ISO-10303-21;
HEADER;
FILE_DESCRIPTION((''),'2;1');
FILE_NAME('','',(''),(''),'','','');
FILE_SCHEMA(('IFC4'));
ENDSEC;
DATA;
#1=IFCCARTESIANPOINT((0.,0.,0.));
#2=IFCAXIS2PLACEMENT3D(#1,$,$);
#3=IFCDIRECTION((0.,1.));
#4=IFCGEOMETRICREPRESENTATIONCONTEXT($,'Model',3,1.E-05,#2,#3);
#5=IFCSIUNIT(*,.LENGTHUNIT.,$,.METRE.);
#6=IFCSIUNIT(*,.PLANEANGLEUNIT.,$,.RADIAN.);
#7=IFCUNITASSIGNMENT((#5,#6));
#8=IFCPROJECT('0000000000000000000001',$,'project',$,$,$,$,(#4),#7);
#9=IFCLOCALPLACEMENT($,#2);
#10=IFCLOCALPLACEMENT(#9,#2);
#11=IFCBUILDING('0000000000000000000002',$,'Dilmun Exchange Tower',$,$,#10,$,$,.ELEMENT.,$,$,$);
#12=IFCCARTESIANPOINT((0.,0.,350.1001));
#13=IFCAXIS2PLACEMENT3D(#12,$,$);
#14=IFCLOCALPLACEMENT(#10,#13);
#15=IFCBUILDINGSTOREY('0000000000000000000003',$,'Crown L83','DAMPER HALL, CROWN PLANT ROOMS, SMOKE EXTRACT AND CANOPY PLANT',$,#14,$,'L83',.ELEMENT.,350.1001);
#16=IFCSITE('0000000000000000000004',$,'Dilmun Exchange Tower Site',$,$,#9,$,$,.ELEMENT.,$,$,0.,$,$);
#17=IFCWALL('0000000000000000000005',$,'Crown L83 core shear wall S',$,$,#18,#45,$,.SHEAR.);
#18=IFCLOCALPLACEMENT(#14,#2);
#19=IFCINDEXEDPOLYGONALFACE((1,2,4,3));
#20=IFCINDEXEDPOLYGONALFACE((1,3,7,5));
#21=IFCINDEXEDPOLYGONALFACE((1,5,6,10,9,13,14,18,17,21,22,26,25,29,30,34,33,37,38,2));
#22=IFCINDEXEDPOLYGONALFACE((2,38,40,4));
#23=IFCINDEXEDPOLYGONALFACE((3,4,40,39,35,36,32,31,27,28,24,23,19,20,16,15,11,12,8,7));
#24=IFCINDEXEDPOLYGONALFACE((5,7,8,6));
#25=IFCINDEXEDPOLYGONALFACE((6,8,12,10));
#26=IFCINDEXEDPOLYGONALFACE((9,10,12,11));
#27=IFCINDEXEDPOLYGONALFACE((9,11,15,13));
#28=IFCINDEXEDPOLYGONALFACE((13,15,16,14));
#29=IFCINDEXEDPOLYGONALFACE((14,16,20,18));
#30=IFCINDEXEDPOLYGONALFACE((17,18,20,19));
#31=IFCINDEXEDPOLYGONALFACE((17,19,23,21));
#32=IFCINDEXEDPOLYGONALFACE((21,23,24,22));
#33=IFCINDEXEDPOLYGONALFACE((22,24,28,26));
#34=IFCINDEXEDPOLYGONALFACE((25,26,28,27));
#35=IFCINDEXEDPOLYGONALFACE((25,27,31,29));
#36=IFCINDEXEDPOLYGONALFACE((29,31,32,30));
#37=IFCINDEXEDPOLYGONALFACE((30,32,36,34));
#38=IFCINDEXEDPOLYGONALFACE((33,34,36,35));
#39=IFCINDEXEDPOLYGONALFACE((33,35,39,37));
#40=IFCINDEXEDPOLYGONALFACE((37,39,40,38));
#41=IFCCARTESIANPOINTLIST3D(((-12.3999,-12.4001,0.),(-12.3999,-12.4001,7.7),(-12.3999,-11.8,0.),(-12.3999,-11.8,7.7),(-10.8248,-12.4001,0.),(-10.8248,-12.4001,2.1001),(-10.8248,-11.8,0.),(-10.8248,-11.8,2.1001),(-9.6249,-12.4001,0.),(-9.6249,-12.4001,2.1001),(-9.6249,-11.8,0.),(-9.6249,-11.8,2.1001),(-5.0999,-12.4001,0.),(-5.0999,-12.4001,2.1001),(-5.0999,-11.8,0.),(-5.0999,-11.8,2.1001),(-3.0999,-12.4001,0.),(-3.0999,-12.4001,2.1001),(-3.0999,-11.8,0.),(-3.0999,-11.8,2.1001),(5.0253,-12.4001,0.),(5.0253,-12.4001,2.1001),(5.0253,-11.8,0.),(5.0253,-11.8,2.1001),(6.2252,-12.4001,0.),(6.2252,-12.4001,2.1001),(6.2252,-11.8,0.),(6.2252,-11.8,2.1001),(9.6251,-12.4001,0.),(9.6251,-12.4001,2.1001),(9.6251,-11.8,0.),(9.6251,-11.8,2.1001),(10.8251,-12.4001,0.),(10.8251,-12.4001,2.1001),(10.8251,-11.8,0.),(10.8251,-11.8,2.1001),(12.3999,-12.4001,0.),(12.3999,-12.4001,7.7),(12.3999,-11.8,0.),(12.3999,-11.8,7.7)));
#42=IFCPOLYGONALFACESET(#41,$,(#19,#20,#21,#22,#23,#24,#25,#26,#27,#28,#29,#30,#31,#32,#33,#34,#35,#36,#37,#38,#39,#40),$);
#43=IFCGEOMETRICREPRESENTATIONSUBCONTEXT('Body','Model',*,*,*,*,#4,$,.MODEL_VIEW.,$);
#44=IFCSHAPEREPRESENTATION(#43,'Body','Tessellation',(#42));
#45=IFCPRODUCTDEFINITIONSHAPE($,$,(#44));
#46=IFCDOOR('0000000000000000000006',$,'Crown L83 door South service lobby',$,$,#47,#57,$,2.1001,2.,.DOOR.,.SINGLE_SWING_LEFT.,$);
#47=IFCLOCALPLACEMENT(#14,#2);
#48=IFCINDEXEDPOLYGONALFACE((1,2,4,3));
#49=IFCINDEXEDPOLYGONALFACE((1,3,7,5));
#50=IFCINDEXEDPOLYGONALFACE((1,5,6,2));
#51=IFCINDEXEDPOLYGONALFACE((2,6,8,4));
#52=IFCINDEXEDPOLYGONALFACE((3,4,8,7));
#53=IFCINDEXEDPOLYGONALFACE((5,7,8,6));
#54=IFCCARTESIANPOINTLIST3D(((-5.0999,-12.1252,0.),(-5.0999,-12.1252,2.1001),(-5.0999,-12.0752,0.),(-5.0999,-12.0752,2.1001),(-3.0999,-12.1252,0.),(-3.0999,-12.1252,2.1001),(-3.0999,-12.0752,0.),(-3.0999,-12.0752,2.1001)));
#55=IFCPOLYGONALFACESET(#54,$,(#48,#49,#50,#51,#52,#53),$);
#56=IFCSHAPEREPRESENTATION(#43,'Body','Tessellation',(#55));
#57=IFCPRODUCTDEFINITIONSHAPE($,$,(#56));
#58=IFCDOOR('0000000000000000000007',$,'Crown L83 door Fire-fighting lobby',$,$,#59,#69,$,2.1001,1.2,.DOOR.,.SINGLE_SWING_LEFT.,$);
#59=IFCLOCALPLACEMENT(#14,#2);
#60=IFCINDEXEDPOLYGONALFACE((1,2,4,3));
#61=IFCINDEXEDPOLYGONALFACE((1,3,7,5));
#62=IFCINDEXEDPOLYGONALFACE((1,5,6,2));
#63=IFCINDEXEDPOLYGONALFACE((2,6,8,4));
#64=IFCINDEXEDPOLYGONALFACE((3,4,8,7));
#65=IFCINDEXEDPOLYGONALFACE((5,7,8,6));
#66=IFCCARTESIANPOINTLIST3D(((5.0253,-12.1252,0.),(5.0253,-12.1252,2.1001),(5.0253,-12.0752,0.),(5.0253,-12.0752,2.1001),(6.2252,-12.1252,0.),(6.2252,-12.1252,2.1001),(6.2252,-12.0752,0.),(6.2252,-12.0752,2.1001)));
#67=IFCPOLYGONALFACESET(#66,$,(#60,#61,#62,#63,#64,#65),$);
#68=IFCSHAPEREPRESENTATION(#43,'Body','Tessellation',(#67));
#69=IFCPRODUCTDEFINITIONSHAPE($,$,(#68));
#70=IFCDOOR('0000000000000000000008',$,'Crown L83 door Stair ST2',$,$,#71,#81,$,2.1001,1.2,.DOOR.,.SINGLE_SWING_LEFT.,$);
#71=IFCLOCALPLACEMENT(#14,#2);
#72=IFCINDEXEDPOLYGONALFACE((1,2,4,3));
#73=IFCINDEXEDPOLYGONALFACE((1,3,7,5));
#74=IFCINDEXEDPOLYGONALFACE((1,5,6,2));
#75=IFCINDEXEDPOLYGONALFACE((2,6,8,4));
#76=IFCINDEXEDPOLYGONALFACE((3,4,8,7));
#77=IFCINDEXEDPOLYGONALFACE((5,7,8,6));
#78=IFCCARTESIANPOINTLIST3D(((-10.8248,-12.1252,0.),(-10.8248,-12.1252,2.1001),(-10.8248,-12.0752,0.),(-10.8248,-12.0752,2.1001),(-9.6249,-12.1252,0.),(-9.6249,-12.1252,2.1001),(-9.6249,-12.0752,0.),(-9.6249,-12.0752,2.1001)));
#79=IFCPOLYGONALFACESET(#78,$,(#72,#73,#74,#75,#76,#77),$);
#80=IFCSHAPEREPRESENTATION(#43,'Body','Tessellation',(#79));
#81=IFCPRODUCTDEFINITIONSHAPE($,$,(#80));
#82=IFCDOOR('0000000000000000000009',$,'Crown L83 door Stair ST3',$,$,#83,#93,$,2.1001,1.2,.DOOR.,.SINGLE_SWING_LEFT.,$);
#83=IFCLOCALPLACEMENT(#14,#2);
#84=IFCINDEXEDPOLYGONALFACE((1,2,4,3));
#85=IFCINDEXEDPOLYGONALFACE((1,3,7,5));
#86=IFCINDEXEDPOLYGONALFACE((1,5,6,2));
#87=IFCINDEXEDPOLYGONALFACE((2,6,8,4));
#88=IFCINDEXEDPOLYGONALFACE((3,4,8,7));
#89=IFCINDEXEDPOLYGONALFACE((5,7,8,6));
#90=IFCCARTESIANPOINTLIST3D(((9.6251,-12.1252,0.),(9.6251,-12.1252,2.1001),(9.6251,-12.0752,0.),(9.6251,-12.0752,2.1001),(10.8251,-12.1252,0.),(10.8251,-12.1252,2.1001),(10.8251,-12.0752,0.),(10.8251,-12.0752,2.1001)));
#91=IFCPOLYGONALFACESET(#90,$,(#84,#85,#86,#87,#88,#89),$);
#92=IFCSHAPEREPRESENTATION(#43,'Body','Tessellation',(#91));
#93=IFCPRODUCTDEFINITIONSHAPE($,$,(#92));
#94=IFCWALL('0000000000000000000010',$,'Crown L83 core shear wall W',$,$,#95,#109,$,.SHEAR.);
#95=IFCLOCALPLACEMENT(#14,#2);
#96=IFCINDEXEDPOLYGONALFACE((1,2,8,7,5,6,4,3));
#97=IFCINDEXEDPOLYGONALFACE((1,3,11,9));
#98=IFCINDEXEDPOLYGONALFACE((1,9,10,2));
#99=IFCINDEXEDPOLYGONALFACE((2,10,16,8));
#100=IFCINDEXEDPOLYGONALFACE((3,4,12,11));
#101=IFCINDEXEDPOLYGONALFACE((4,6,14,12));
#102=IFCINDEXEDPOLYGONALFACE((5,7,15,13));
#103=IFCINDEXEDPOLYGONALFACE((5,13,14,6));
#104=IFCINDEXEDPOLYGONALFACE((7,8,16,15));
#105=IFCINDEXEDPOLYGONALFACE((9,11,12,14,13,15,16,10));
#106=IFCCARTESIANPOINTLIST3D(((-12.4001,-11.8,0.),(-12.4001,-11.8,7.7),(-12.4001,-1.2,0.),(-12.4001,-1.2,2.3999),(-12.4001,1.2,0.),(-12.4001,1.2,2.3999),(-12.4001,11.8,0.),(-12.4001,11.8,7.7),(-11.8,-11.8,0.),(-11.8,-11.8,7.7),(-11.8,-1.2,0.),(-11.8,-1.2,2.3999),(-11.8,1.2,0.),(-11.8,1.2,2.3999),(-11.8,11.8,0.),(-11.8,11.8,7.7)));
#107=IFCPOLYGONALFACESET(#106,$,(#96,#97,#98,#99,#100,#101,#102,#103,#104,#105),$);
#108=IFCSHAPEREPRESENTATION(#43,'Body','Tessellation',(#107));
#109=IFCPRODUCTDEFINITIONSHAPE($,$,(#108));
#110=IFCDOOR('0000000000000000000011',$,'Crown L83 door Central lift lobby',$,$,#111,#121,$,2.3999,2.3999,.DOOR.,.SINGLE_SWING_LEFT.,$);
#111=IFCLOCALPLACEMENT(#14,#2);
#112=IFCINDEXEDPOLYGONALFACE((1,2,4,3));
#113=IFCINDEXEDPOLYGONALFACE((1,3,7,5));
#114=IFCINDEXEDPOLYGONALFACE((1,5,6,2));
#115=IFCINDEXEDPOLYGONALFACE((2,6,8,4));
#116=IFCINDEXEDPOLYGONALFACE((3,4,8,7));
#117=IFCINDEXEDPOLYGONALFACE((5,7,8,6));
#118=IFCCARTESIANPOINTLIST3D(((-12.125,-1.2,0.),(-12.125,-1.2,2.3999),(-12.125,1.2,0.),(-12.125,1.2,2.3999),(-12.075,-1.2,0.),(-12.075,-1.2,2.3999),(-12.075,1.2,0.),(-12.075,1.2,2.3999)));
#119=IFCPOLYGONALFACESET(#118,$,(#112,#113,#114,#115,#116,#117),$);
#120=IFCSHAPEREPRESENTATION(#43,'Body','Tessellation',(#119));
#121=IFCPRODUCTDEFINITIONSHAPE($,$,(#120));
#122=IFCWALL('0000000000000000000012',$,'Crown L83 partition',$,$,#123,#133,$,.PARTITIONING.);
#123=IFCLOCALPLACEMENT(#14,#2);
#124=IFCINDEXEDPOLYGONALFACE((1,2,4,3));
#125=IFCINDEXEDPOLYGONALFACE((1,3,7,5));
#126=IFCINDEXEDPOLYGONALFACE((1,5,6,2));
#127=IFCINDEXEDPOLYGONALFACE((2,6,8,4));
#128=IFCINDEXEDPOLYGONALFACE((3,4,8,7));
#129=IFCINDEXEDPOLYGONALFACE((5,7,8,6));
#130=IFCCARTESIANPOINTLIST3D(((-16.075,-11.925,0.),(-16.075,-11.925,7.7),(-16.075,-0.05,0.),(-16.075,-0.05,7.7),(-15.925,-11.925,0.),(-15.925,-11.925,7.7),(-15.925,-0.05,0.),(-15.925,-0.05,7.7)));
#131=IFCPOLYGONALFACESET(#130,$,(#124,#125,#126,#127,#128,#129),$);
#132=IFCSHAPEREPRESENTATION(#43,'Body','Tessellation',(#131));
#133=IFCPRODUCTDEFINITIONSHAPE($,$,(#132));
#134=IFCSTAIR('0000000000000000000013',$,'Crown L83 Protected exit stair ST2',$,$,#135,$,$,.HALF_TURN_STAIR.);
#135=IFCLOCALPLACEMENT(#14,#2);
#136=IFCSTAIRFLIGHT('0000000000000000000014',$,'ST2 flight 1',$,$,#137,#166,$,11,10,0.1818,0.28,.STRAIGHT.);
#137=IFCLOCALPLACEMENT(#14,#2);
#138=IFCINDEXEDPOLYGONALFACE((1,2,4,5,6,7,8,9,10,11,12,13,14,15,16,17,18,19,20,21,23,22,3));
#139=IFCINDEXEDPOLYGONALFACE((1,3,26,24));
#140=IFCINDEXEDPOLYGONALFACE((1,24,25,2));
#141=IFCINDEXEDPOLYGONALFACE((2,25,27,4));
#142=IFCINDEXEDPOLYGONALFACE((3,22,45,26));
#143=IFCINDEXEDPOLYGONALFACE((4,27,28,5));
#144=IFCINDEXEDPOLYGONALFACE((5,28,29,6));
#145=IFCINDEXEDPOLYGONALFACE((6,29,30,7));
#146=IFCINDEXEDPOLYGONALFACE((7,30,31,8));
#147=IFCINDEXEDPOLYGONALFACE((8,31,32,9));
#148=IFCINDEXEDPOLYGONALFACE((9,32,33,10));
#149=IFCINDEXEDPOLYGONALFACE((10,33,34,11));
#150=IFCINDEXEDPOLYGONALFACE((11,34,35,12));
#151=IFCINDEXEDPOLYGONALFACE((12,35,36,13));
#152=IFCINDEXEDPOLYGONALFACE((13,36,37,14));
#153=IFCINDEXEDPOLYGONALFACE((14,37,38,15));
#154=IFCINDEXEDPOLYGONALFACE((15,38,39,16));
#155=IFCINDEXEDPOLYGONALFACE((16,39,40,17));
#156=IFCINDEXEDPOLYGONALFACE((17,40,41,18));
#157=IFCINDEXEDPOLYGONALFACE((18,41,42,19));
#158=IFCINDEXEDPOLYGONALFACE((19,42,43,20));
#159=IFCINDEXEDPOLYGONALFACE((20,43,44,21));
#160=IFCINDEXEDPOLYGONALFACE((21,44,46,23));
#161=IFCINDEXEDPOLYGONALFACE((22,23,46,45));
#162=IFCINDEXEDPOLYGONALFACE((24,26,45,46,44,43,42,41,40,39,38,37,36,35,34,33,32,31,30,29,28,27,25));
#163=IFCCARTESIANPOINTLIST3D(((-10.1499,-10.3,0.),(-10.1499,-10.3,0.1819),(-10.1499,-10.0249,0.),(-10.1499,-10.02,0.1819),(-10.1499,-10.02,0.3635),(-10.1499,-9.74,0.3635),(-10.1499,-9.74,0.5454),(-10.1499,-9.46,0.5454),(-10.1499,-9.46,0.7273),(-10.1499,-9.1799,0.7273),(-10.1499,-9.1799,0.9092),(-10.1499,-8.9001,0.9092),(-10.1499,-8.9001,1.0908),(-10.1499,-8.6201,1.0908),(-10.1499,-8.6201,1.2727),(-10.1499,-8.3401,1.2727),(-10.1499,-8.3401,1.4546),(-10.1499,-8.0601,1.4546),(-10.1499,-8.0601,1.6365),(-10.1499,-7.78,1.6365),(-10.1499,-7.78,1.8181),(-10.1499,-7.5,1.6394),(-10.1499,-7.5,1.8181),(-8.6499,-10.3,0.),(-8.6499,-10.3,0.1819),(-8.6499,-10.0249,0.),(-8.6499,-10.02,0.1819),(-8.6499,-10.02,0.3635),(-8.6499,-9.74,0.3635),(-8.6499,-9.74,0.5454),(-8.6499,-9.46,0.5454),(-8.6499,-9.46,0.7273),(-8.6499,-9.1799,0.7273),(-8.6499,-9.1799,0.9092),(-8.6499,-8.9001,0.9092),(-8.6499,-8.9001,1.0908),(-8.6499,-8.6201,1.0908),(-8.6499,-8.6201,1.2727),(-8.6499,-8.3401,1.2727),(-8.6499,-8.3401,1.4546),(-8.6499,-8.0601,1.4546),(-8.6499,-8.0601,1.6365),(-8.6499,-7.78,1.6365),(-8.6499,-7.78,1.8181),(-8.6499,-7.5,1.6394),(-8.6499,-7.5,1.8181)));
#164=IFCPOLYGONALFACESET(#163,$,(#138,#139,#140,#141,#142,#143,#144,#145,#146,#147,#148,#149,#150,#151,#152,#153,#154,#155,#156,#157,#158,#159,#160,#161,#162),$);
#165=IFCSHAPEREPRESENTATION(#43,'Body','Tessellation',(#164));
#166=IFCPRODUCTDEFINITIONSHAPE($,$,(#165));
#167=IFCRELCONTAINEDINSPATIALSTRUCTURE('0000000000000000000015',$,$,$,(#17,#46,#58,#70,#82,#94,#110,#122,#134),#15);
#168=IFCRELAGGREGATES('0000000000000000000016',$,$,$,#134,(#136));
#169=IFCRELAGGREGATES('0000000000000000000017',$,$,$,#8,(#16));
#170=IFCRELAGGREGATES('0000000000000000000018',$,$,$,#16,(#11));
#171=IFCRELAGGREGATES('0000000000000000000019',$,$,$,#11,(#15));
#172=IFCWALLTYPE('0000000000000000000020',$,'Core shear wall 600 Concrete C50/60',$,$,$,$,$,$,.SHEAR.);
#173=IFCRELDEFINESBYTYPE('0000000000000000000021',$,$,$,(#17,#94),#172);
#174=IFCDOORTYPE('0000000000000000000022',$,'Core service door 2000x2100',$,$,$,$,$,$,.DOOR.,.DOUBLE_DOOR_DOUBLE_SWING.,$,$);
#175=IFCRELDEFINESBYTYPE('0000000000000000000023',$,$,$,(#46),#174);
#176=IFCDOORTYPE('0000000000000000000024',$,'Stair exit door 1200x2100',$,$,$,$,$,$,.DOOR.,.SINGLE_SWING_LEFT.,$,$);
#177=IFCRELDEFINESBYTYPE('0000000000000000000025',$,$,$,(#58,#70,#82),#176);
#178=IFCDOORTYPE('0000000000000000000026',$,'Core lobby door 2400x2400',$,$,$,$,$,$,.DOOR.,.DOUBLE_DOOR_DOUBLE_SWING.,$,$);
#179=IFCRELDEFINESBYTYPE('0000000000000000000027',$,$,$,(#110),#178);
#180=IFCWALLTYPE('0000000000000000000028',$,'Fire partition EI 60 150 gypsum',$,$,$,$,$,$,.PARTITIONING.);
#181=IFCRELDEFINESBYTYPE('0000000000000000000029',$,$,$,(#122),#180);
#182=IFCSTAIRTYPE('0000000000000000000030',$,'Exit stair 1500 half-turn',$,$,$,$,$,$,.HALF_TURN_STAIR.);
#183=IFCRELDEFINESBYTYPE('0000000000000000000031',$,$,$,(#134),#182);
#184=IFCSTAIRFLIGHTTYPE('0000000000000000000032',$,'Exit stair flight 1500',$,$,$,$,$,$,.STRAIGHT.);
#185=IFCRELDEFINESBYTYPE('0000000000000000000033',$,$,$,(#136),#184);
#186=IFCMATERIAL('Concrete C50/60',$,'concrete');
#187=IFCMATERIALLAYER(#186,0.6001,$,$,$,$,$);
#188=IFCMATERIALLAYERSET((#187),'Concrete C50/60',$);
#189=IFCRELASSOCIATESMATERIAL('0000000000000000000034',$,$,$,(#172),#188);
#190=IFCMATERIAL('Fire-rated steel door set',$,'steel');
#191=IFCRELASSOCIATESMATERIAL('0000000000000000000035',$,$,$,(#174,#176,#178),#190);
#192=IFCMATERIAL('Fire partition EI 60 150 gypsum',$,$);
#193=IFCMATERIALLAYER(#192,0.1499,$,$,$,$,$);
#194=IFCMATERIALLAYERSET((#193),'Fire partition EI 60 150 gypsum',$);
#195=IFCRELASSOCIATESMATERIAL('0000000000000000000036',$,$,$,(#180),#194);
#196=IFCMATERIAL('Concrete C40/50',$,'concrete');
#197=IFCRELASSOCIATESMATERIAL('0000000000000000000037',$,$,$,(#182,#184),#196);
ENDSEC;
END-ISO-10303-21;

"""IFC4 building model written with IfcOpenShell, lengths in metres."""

from ifc_helpers import new_model, si_unit, direction, frame, frame_2d, origin, place, context, subcontext, project, spatial, polyline, rectangle, outline, extrude, material, layer, layer_set, type_object, element, fill, aggregate, save


model = new_model("IFC4")

# Units and contexts
model_context = context("Model", 3, precision=1e-05, world=origin(), true_north=direction((0.0, 1.0)))
body_context = subcontext(model_context, "Body", "Model", "MODEL_VIEW")
ifc_project = project(units=[si_unit("LENGTHUNIT", "METRE"), si_unit("PLANEANGLEUNIT", "RADIAN")], contexts=[model_context])

# Site, building, storey
site_placement = place(None, origin())
site = spatial("IfcSite", under=ifc_project, at=site_placement, Name="Dilmun Exchange Tower Site", CompositionType="ELEMENT", RefElevation=0.0)
building_placement = place(site_placement, origin())
building = spatial("IfcBuilding", under=site, at=building_placement, Name="Dilmun Exchange Tower", CompositionType="ELEMENT")
storey_placement = place(building_placement, frame((0.0, 0.0, 350.1001)))
storey = spatial("IfcBuildingStorey", under=building, at=storey_placement, Name="Crown L83", Description="DAMPER HALL, CROWN PLANT ROOMS, SMOKE EXTRACT AND CANOPY PLANT", LongName="L83", CompositionType="ELEMENT", Elevation=350.1001)

# Shared definitions
ifc_material_1 = material(Name="Concrete C50/60", Category="concrete")

# Wall, openings, doors
ifc_layer_1 = layer(ifc_material_1, 0.6001)
ifc_layer_set_1 = layer_set([ifc_layer_1], Name="Concrete C50/60")
wall_type_1 = type_object("IfcWallType", Name="Core shear wall 600 Concrete C50/60", PredefinedType="SHEAR", material=ifc_layer_set_1)
wall_1_placement = place(storey_placement, frame((-12.3999, -12.1001, 0.0), z_axis=(0.0, 0.0, 1.0), x_axis=(1.0, 0.0, 0.0)))
wall_1 = element("IfcWall", 1, at=wall_1_placement, inside=storey, type_object=wall_type_1, Name="Crown L83 core shear wall S", PredefinedType="SHEAR", context=body_context, shape_type="SweptSolid", body=[
    extrude(rectangle(XDim=24.7998, YDim=0.6001, at=frame_2d((12.3999, 0.0))), origin(), (0.0, 0.0, 1.0), 7.7),
])
opening_1_placement = place(wall_1_placement, frame((7.3, 0.0, 0.0)))
opening_1 = element("IfcOpeningElement", 2, at=opening_1_placement, cuts=wall_1, PredefinedType="OPENING", context=body_context, shape_type="SweptSolid", body=[
    extrude(rectangle(XDim=2.0, YDim=2.1001, at=frame_2d((1.0, 1.05))), frame((0.0, 0.3101, 0.0), z_axis=(0.0, -1.0, 0.0), x_axis=(1.0, 0.0, 0.0)), (0.0, 0.0, 1.0), 0.6201),
])
opening_2_placement = place(wall_1_placement, frame((17.425, 0.0, 0.0)))
opening_2 = element("IfcOpeningElement", 3, at=opening_2_placement, cuts=wall_1, PredefinedType="OPENING", context=body_context, shape_type="SweptSolid", body=[
    extrude(rectangle(XDim=1.2, YDim=2.1001, at=frame_2d((0.6001, 1.05))), frame((0.0, 0.3101, 0.0), z_axis=(0.0, -1.0, 0.0), x_axis=(1.0, 0.0, 0.0)), (0.0, 0.0, 1.0), 0.6201),
])
opening_3_placement = place(wall_1_placement, frame((1.575, 0.0, 0.0)))
opening_3 = element("IfcOpeningElement", 4, at=opening_3_placement, cuts=wall_1, PredefinedType="OPENING", context=body_context, shape_type="SweptSolid", body=[
    extrude(rectangle(XDim=1.2, YDim=2.1001, at=frame_2d((0.6001, 1.05))), frame((0.0, 0.3101, 0.0), z_axis=(0.0, -1.0, 0.0), x_axis=(1.0, 0.0, 0.0)), (0.0, 0.0, 1.0), 0.6201),
])
opening_4_placement = place(wall_1_placement, frame((22.0249, 0.0, 0.0)))
opening_4 = element("IfcOpeningElement", 5, at=opening_4_placement, cuts=wall_1, PredefinedType="OPENING", context=body_context, shape_type="SweptSolid", body=[
    extrude(rectangle(XDim=1.2, YDim=2.1001, at=frame_2d((0.6001, 1.05))), frame((0.0, 0.3101, 0.0), z_axis=(0.0, -1.0, 0.0), x_axis=(1.0, 0.0, 0.0)), (0.0, 0.0, 1.0), 0.6201),
])
ifc_material_2 = material(Name="Fire-rated steel door set", Category="steel")
door_type_1 = type_object("IfcDoorType", Name="Core service door 2000x2100", OperationType="DOUBLE_DOOR_DOUBLE_SWING", PredefinedType="DOOR", material=ifc_material_2)
door_1_placement = place(opening_1_placement, origin())
door_1 = element("IfcDoor", 6, at=door_1_placement, inside=storey, type_object=door_type_1, Name="Crown L83 door South service lobby", OperationType="SINGLE_SWING_LEFT", OverallHeight=2.1001, OverallWidth=2.0, PredefinedType="DOOR", context=body_context, shape_type="SweptSolid", body=[
    extrude(rectangle(XDim=2.0, YDim=2.1001, at=frame_2d((1.0, 1.05))), frame((0.0, 0.0249, 0.0), z_axis=(0.0, -1.0, 0.0), x_axis=(1.0, 0.0, 0.0)), (0.0, 0.0, 1.0), 0.05),
])
fill(opening_1, door_1)
door_type_2 = type_object("IfcDoorType", Name="Stair exit door 1200x2100", OperationType="SINGLE_SWING_LEFT", PredefinedType="DOOR", material=ifc_material_2)
door_2_placement = place(opening_2_placement, origin())
door_2 = element("IfcDoor", 7, at=door_2_placement, inside=storey, type_object=door_type_2, Name="Crown L83 door Fire-fighting lobby", OperationType="SINGLE_SWING_LEFT", OverallHeight=2.1001, OverallWidth=1.2, PredefinedType="DOOR", context=body_context, shape_type="SweptSolid", body=[
    extrude(rectangle(XDim=1.2, YDim=2.1001, at=frame_2d((0.6001, 1.05))), frame((0.0, 0.0249, 0.0), z_axis=(0.0, -1.0, 0.0), x_axis=(1.0, 0.0, 0.0)), (0.0, 0.0, 1.0), 0.05),
])
fill(opening_2, door_2)
door_3_placement = place(opening_3_placement, origin())
door_3 = element("IfcDoor", 8, at=door_3_placement, inside=storey, type_object=door_type_2, Name="Crown L83 door Stair ST2", OperationType="SINGLE_SWING_LEFT", OverallHeight=2.1001, OverallWidth=1.2, PredefinedType="DOOR", context=body_context, shape_type="SweptSolid", body=[
    extrude(rectangle(XDim=1.2, YDim=2.1001, at=frame_2d((0.6001, 1.05))), frame((0.0, 0.0249, 0.0), z_axis=(0.0, -1.0, 0.0), x_axis=(1.0, 0.0, 0.0)), (0.0, 0.0, 1.0), 0.05),
])
fill(opening_3, door_3)
door_4_placement = place(opening_4_placement, origin())
door_4 = element("IfcDoor", 9, at=door_4_placement, inside=storey, type_object=door_type_2, Name="Crown L83 door Stair ST3", OperationType="SINGLE_SWING_LEFT", OverallHeight=2.1001, OverallWidth=1.2, PredefinedType="DOOR", context=body_context, shape_type="SweptSolid", body=[
    extrude(rectangle(XDim=1.2, YDim=2.1001, at=frame_2d((0.6001, 1.05))), frame((0.0, 0.0249, 0.0), z_axis=(0.0, -1.0, 0.0), x_axis=(1.0, 0.0, 0.0)), (0.0, 0.0, 1.0), 0.05),
])
fill(opening_4, door_4)

# Wall, opening, door
wall_2_placement = place(storey_placement, frame((-12.1001, -11.8, 0.0), z_axis=(0.0, 0.0, 1.0), x_axis=(0.0, 1.0, 0.0)))
wall_2 = element("IfcWall", 10, at=wall_2_placement, inside=storey, type_object=wall_type_1, Name="Crown L83 core shear wall W", PredefinedType="SHEAR", context=body_context, shape_type="SweptSolid", body=[
    extrude(rectangle(XDim=23.6001, YDim=0.6001, at=frame_2d((11.8, 0.0))), origin(), (0.0, 0.0, 1.0), 7.7),
])
opening_5_placement = place(wall_2_placement, frame((10.6001, 0.0, 0.0)))
opening_5 = element("IfcOpeningElement", 11, at=opening_5_placement, cuts=wall_2, PredefinedType="OPENING", context=body_context, shape_type="SweptSolid", body=[
    extrude(rectangle(XDim=2.3999, YDim=2.3999, at=frame_2d((1.2, 1.2))), frame((0.0, 0.3101, 0.0), z_axis=(0.0, -1.0, 0.0), x_axis=(1.0, 0.0, 0.0)), (0.0, 0.0, 1.0), 0.6201),
])
door_type_3 = type_object("IfcDoorType", Name="Core lobby door 2400x2400", OperationType="DOUBLE_DOOR_DOUBLE_SWING", PredefinedType="DOOR", material=ifc_material_2)
door_5_placement = place(opening_5_placement, origin())
door_5 = element("IfcDoor", 12, at=door_5_placement, inside=storey, type_object=door_type_3, Name="Crown L83 door Central lift lobby", OperationType="SINGLE_SWING_LEFT", OverallHeight=2.3999, OverallWidth=2.3999, PredefinedType="DOOR", context=body_context, shape_type="SweptSolid", body=[
    extrude(rectangle(XDim=2.3999, YDim=2.3999, at=frame_2d((1.2, 1.2))), frame((0.0, 0.0249, 0.0), z_axis=(0.0, -1.0, 0.0), x_axis=(1.0, 0.0, 0.0)), (0.0, 0.0, 1.0), 0.05),
])
fill(opening_5, door_5)

# Wall
ifc_material_3 = material(Name="Fire partition EI 60 150 gypsum")
ifc_layer_2 = layer(ifc_material_3, 0.1499)
ifc_layer_set_2 = layer_set([ifc_layer_2], Name="Fire partition EI 60 150 gypsum")
wall_type_2 = type_object("IfcWallType", Name="Fire partition EI 60 150 gypsum", PredefinedType="PARTITIONING", material=ifc_layer_set_2)
wall_3_placement = place(storey_placement, frame((-16.0, -11.925, 0.0), z_axis=(0.0, 0.0, 1.0), x_axis=(0.0, 1.0, 0.0)))
element("IfcWall", 13, at=wall_3_placement, inside=storey, type_object=wall_type_2, Name="Crown L83 partition", PredefinedType="PARTITIONING", context=body_context, shape_type="SweptSolid", body=[
    extrude(rectangle(XDim=11.875, YDim=0.1499, at=frame_2d((5.9375, 0.0))), origin(), (0.0, 0.0, 1.0), 7.7),
])

# Stair, stair flight
ifc_material_4 = material(Name="Concrete C40/50", Category="concrete")
stair_type = type_object("IfcStairType", Name="Exit stair 1500 half-turn", PredefinedType="HALF_TURN_STAIR", material=ifc_material_4)
stair_placement = place(storey_placement, origin())
stair = element("IfcStair", 14, at=stair_placement, inside=storey, type_object=stair_type, Name="Crown L83 Protected exit stair ST2", PredefinedType="HALF_TURN_STAIR")
stair_flight_type = type_object("IfcStairFlightType", Name="Exit stair flight 1500", PredefinedType="STRAIGHT", material=ifc_material_4)
stair_flight_1_placement = place(storey_placement, frame((-9.3999, -10.3, 0.0), z_axis=(0.0, 0.0, 1.0), x_axis=(0.0, 1.0, 0.0)))
stair_flight_1 = element("IfcStairFlight", 15, at=stair_flight_1_placement, type_object=stair_flight_type, Name="ST2 flight 1", NumberOfRisers=11, NumberOfTreads=10, PredefinedType="STRAIGHT", RiserHeight=0.1818, TreadLength=0.28, context=body_context, shape_type="SweptSolid", body=[
    extrude(outline(polyline([(0.0, 0.0), (0.0, 0.1819), (0.28, 0.1819), (0.28, 0.3635), (0.5601, 0.3635), (0.5601, 0.5454), (0.8401, 0.5454), (0.8401, 0.7273), (1.1201, 0.7273), (1.1201, 0.9092), (1.3999, 0.9092), (1.3999, 1.0908), (1.6799, 1.0908), (1.6799, 1.2727), (1.96, 1.2727), (1.96, 1.4546), (2.24, 1.4546), (2.24, 1.6365), (2.52, 1.6365), (2.52, 1.8181), (2.8, 1.8181), (2.8, 2.0), (2.8, 1.6394), (0.2751, 0.0), (0.0, 0.0)])), frame((0.0, 0.75, 0.0), z_axis=(0.0, -1.0, 0.0), x_axis=(1.0, 0.0, 0.0)), (0.0, 0.0, 1.0), 1.5),
])
aggregate(stair, [stair_flight_1])

save(model, "model.ifc")
